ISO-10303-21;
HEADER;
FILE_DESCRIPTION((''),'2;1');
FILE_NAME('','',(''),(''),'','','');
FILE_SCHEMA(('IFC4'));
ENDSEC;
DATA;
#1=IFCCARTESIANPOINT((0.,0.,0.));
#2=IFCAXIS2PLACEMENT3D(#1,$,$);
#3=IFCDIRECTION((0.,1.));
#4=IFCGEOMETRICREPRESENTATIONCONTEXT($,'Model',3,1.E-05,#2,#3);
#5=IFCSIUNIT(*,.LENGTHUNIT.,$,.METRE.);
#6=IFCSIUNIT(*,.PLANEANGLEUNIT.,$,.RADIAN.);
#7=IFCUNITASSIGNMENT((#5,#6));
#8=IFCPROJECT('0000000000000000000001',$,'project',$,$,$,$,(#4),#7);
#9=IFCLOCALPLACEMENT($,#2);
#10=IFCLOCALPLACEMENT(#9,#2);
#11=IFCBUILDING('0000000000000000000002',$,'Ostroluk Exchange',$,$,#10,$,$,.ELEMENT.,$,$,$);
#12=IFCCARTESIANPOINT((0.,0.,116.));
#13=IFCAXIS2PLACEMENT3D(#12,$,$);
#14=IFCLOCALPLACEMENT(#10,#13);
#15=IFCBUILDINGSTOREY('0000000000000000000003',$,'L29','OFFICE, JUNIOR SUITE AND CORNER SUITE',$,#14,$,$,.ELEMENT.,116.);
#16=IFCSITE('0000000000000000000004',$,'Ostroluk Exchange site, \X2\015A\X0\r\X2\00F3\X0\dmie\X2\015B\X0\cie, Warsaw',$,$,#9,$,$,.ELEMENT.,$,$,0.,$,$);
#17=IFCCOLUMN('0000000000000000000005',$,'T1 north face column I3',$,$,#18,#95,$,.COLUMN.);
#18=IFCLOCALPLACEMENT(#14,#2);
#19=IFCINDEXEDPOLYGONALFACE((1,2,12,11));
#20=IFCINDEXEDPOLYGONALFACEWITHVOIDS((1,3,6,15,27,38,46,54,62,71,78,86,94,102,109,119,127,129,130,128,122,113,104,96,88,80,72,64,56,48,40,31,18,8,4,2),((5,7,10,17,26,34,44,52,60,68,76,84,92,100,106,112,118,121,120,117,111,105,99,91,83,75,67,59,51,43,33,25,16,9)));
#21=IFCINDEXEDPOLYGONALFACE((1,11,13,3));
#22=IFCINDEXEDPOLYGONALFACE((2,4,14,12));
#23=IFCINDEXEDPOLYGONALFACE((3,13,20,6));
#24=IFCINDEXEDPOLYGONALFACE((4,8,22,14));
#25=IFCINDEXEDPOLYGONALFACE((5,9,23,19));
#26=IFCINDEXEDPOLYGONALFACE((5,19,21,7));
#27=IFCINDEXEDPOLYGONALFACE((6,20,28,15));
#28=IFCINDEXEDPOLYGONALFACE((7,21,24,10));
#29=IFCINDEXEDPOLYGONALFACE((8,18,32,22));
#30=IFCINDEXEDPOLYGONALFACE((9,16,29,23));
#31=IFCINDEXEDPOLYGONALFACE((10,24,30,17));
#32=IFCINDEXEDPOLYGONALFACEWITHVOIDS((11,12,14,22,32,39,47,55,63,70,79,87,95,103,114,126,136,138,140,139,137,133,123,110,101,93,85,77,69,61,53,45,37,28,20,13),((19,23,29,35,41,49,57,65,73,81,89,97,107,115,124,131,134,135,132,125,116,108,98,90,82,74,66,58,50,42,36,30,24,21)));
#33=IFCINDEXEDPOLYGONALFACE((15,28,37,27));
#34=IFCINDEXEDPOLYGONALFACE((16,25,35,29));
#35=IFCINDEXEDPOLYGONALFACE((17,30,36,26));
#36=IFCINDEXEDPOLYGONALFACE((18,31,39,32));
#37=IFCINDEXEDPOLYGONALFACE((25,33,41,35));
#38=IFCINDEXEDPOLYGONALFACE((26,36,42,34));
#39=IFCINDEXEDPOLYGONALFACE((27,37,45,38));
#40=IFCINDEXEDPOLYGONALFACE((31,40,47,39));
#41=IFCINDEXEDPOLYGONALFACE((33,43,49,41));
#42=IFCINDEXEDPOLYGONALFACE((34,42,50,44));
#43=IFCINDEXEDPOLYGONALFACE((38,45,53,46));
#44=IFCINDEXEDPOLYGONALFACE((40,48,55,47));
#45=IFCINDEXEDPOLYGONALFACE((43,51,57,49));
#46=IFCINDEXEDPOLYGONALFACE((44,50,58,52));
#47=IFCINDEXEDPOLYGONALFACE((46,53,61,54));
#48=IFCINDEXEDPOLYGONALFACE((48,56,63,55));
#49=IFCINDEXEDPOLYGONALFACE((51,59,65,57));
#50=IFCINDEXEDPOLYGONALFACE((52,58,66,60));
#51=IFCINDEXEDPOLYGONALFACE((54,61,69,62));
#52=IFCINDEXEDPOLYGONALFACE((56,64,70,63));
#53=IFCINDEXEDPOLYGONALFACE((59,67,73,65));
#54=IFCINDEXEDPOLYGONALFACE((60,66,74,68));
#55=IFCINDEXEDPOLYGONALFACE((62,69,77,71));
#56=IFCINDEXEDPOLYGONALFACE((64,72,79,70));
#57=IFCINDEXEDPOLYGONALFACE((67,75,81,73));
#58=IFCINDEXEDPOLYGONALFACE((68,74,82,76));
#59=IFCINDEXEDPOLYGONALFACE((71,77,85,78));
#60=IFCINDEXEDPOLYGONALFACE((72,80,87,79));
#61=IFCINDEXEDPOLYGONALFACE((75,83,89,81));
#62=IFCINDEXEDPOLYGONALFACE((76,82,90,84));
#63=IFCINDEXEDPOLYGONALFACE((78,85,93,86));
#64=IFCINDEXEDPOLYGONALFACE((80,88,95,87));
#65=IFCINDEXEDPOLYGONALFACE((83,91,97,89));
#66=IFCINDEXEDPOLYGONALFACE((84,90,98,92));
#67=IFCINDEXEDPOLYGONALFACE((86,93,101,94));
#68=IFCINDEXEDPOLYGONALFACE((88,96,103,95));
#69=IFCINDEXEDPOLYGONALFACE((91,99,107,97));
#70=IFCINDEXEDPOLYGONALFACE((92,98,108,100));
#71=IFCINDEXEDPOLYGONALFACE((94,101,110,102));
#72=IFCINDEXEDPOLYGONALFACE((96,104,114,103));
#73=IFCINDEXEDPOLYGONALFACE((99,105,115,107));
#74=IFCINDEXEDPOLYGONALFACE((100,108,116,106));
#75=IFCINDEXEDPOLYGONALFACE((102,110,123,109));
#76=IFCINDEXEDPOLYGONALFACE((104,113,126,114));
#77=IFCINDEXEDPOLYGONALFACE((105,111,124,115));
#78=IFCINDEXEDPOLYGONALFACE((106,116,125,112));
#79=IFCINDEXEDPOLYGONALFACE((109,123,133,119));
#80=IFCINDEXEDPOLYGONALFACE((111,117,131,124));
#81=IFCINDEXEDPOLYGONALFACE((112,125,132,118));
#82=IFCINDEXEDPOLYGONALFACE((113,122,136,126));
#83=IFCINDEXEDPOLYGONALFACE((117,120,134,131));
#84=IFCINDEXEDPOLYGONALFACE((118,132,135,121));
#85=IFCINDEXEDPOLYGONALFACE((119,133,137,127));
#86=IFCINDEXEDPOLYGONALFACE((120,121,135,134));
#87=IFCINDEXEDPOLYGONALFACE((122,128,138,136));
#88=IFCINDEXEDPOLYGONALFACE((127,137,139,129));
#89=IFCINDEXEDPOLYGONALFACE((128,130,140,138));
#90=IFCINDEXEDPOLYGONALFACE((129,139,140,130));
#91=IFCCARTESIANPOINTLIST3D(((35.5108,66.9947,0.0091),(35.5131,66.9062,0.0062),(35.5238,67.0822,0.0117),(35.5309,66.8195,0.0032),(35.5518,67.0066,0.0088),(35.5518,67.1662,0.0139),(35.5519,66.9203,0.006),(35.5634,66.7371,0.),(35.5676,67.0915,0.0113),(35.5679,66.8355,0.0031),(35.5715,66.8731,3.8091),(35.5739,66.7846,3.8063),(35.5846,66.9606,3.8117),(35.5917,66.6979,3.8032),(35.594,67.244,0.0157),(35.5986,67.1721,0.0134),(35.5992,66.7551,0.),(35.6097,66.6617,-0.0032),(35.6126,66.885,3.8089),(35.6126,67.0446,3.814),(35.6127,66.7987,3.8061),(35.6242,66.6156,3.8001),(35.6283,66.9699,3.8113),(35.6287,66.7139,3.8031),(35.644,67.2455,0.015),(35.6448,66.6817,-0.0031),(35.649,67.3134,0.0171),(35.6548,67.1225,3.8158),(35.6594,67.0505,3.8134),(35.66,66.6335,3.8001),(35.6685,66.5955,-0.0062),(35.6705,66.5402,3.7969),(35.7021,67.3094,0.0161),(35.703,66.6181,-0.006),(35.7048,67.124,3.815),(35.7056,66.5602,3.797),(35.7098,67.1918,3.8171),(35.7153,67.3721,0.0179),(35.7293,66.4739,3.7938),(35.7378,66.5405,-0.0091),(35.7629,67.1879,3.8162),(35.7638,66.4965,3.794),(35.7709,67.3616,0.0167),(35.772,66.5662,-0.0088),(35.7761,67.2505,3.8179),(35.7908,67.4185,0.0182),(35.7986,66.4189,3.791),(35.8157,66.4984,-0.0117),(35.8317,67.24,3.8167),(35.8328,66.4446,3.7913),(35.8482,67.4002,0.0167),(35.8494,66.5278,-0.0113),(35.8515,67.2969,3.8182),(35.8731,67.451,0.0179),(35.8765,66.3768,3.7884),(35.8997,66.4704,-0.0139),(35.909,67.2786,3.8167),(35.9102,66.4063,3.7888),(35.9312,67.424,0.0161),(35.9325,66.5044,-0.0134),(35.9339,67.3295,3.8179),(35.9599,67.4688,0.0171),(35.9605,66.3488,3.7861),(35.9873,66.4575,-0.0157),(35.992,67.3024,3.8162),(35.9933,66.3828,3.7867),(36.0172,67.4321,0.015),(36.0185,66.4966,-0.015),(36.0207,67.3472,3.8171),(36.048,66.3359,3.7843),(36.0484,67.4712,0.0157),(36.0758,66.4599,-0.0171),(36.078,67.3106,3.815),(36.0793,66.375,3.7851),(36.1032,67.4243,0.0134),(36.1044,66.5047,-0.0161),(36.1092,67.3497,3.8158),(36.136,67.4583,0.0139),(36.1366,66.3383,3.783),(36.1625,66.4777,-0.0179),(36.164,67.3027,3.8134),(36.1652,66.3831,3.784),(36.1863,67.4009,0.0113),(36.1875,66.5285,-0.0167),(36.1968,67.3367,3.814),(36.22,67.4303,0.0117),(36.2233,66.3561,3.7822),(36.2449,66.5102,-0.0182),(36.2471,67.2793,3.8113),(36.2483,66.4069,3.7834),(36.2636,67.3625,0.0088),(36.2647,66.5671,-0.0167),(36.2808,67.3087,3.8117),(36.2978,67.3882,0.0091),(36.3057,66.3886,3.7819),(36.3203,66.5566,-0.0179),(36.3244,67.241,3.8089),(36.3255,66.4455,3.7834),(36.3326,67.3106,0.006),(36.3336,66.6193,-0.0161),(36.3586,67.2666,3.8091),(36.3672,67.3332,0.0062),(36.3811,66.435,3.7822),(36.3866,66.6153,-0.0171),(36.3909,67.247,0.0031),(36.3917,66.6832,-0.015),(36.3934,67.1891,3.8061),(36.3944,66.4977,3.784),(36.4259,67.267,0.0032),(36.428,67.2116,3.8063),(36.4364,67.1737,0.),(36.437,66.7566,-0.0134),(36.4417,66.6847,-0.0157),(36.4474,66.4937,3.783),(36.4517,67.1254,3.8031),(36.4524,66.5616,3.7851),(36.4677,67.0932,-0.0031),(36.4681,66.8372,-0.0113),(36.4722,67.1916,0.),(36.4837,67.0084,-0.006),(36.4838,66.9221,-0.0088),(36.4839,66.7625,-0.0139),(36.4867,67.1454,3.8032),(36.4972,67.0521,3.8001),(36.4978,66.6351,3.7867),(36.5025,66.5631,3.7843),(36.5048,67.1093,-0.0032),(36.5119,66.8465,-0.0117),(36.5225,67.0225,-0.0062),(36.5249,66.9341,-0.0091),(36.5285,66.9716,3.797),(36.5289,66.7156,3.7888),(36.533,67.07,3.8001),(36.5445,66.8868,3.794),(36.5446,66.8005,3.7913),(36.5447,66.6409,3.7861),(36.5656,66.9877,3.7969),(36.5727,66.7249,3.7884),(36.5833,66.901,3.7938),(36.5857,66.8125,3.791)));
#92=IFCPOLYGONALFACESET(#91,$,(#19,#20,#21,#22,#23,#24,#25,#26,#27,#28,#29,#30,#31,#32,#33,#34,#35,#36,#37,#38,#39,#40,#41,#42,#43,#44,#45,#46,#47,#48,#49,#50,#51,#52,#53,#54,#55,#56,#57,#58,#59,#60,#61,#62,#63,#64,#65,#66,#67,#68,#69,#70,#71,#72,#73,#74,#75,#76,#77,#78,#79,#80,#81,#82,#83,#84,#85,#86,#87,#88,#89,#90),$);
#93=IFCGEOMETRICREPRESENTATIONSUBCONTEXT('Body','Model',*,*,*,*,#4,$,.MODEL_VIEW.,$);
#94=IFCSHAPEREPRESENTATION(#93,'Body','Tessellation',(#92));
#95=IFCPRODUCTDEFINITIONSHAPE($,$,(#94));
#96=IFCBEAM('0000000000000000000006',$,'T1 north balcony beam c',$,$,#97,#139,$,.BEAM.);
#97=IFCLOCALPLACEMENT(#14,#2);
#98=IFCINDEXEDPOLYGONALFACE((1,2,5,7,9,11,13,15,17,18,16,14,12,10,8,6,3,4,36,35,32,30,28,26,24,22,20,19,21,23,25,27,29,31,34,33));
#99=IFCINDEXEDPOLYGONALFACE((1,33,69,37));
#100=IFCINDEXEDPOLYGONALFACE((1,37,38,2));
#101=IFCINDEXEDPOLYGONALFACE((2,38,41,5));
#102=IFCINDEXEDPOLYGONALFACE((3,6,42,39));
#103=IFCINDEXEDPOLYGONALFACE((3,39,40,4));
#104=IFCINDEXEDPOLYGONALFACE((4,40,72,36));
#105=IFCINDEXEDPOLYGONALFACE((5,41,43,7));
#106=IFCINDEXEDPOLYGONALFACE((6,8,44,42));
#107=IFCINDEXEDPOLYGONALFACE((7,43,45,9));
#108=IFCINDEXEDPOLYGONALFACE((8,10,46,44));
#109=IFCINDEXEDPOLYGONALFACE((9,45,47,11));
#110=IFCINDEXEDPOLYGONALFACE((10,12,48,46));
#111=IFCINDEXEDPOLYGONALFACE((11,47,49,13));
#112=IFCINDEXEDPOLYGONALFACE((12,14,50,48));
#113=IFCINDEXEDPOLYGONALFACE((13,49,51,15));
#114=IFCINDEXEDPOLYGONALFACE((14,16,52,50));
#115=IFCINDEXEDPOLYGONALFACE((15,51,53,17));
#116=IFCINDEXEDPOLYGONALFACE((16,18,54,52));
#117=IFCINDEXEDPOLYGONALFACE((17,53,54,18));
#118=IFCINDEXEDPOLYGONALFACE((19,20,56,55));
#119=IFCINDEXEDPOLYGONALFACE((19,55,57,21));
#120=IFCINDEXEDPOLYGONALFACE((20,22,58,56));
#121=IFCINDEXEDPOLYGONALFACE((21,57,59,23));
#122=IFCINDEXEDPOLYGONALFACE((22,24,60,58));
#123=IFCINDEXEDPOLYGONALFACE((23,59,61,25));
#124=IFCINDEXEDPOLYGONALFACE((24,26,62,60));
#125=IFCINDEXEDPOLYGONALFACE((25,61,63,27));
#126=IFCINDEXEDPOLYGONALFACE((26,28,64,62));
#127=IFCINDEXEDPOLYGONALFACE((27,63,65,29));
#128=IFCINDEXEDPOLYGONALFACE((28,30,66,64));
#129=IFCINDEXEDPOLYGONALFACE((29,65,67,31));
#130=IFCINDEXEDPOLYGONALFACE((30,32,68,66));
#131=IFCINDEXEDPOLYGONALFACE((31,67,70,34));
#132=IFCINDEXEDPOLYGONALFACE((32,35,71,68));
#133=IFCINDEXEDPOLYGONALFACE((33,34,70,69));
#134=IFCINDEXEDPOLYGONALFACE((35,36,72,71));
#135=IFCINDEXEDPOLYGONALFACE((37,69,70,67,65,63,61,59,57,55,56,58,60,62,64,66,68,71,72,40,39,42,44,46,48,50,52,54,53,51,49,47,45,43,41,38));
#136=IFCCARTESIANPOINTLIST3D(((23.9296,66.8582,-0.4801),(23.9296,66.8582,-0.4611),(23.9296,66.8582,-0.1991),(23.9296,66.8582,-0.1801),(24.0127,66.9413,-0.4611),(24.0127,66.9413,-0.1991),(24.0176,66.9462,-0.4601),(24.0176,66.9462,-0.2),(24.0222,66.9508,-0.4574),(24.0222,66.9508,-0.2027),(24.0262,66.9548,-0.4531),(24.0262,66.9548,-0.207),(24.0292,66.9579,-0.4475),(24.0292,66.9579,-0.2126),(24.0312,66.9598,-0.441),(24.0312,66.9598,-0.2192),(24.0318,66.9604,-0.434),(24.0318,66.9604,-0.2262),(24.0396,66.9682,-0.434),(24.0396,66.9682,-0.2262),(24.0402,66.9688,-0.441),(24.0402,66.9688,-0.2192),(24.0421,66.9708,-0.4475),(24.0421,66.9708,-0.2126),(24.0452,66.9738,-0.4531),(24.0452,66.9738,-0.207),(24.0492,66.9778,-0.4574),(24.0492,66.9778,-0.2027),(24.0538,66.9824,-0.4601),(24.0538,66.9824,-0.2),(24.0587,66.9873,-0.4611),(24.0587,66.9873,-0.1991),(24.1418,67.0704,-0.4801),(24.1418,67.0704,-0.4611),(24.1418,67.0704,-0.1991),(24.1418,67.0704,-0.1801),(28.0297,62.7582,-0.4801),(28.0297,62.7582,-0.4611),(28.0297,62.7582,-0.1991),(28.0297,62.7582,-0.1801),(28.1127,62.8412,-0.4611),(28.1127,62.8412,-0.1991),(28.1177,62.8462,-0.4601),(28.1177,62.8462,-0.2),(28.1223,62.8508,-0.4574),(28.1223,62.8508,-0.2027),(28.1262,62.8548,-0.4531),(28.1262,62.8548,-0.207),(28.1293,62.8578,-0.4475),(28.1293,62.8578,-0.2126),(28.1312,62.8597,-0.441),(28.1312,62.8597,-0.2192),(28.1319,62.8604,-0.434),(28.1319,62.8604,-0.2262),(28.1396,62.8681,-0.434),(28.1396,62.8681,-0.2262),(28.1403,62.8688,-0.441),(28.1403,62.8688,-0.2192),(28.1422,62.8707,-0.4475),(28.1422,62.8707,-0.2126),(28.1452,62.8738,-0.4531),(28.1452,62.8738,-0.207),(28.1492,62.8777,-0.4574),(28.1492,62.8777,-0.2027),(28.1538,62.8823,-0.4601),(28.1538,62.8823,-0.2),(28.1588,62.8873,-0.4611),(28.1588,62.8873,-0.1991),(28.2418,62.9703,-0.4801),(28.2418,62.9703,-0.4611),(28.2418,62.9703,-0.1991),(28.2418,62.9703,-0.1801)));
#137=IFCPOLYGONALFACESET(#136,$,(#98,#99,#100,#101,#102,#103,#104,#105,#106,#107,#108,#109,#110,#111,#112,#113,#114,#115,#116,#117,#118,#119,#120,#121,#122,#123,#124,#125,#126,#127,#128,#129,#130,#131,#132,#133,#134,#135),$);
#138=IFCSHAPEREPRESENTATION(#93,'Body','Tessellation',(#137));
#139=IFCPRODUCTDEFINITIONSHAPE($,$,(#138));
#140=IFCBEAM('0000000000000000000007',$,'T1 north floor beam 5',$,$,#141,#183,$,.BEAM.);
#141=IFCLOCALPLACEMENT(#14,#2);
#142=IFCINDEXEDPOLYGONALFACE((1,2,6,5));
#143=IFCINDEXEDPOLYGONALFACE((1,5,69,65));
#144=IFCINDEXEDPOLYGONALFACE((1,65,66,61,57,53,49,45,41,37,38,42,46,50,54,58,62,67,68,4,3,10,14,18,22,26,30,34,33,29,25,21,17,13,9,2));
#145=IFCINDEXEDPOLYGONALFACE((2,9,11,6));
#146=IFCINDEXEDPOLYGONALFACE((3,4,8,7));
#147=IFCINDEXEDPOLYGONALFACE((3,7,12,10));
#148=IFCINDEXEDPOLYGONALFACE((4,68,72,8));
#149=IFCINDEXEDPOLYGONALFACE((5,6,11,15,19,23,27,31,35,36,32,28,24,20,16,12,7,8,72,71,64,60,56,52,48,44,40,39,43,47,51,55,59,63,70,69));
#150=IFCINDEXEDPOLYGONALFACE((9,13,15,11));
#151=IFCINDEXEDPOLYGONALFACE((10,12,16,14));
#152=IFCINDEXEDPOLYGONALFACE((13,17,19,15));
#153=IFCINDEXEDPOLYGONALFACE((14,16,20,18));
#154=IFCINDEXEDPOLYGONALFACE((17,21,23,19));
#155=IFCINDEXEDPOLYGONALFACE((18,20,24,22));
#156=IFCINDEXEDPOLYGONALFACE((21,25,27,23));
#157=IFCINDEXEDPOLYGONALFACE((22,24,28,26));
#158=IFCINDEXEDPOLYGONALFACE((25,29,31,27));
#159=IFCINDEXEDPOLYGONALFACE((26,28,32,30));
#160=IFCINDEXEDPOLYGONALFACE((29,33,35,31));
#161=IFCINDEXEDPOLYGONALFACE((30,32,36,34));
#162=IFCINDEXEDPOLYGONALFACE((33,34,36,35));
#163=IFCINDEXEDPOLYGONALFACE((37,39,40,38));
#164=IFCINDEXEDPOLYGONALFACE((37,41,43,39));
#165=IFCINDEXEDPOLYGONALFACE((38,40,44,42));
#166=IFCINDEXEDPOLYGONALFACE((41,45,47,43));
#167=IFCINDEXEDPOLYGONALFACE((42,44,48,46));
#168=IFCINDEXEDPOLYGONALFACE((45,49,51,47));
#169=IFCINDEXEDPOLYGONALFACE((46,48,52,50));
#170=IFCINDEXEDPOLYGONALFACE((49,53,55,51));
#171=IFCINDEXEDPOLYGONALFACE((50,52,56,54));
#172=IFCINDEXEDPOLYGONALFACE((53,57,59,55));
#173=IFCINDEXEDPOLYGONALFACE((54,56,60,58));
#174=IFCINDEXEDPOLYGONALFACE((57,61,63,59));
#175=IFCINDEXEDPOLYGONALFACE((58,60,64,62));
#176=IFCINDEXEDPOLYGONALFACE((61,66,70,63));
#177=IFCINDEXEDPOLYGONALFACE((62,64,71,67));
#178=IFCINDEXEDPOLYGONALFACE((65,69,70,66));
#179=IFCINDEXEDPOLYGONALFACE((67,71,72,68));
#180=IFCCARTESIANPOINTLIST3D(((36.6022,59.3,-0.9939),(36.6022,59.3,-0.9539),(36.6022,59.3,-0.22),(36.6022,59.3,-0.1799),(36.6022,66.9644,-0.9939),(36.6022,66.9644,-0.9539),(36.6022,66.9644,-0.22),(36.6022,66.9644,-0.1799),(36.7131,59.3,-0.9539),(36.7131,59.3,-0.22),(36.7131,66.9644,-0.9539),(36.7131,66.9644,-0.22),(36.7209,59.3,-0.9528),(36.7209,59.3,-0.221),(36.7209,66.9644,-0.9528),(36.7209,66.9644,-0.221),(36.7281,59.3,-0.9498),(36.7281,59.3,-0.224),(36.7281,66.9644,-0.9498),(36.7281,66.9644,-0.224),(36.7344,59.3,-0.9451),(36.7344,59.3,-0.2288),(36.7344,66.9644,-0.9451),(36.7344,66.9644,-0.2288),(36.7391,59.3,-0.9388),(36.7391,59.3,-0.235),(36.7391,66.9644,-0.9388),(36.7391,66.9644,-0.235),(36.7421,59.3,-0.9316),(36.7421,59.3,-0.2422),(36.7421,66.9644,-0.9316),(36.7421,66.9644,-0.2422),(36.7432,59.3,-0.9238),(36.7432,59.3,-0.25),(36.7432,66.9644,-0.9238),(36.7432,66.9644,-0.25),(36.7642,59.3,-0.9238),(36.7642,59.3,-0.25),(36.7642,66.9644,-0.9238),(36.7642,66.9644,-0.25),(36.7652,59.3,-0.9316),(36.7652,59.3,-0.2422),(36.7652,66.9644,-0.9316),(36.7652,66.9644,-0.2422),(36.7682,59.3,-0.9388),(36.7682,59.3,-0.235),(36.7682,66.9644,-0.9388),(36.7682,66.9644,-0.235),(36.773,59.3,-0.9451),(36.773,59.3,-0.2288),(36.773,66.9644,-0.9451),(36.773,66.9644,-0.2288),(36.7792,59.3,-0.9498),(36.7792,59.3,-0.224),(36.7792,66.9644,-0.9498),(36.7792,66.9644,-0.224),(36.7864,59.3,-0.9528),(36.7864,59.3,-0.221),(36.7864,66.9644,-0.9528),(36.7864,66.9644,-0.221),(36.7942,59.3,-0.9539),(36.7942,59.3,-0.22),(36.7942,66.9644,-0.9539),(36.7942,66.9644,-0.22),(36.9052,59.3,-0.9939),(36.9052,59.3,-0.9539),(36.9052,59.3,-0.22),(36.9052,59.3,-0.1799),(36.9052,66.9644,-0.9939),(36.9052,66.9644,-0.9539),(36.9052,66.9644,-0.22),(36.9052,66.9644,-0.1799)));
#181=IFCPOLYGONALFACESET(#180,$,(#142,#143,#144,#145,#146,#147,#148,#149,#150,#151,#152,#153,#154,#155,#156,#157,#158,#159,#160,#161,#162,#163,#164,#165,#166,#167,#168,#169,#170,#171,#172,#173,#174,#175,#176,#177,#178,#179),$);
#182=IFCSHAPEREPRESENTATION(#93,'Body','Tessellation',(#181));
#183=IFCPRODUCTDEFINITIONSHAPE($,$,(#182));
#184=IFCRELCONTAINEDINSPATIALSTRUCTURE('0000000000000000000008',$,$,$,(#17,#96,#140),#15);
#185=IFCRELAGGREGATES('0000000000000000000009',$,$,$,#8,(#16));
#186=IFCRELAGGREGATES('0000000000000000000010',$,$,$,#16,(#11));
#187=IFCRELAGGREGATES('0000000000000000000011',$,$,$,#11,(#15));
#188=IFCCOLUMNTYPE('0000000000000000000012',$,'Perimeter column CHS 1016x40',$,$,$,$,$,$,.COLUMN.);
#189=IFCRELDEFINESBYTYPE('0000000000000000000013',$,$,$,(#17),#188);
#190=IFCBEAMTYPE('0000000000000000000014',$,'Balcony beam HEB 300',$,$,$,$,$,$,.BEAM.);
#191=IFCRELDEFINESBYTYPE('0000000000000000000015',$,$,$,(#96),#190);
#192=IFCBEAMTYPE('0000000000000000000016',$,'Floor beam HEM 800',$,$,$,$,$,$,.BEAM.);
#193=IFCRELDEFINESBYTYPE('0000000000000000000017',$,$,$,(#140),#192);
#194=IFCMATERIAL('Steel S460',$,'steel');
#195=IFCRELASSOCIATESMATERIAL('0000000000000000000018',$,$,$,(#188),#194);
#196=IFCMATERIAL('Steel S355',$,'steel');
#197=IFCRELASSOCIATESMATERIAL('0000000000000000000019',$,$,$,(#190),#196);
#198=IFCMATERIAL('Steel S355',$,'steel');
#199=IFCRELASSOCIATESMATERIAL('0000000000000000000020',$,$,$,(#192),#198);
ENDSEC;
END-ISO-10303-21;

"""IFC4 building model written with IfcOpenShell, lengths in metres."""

from ifc_helpers import new_model, si_unit, direction, frame, origin, origin_2d, place, context, subcontext, project, spatial, hollow_circle, i_section, extrude, material, material_profile, profile_set, type_object, element, save


model = new_model("IFC4")

# Units and contexts
model_context = context("Model", 3, precision=1e-05, world=origin(), true_north=direction((0.0, 1.0)))
body_context = subcontext(model_context, "Body", "Model", "MODEL_VIEW")
ifc_project = project(units=[si_unit("LENGTHUNIT", "METRE"), si_unit("PLANEANGLEUNIT", "RADIAN")], contexts=[model_context])

# Site, building, storey
site_placement = place(None, origin())
site = spatial("IfcSite", under=ifc_project, at=site_placement, Name="Ostroluk Exchange site, Śródmieście, Warsaw", CompositionType="ELEMENT", RefElevation=0.0)
building_placement = place(site_placement, origin())
building = spatial("IfcBuilding", under=site, at=building_placement, Name="Ostroluk Exchange", CompositionType="ELEMENT")
storey_placement = place(building_placement, frame((0.0, 0.0, 116.0)))
storey = spatial("IfcBuildingStorey", under=building, at=storey_placement, Name="L29", Description="OFFICE, JUNIOR SUITE AND CORNER SUITE", CompositionType="ELEMENT", Elevation=116.0)

# Column
ifc_material_1 = material(Name="Steel S460", Category="steel")
ifc_material_profile_1 = material_profile(ifc_material_1, hollow_circle(Radius=0.5081, WallThickness=0.04, at=origin_2d()), Name="CHS 1016x40")
ifc_profile_set_1 = profile_set([ifc_material_profile_1], Name="Steel S460")
column_type = type_object("IfcColumnType", Name="Perimeter column CHS 1016x40", PredefinedType="COLUMN", material=ifc_profile_set_1)
column_placement = place(storey_placement, frame((36.0178, 66.9644, 0.0), z_axis=(0.015987, -0.031974, 0.999361), x_axis=(0.894427, 0.447214, 0.0)))
element("IfcColumn", 1, at=column_placement, inside=storey, type_object=column_type, Name="T1 north face column I3", PredefinedType="COLUMN", context=body_context, shape_type="SweptSolid", body=[
    extrude(hollow_circle(Radius=0.5081, WallThickness=0.04, at=origin_2d()), origin(), (0.0, 0.0, 1.0), 3.8025),
])

# Beams
ifc_material_2 = material(Name="Steel S355", Category="steel")
ifc_material_profile_2 = material_profile(ifc_material_2, i_section(OverallWidth=0.3, OverallDepth=0.3, WebThickness=0.011, FlangeThickness=0.019, FilletRadius=0.0271, at=origin_2d()), Name="HEB 300")
ifc_profile_set_2 = profile_set([ifc_material_profile_2], Name="Steel S355")
beam_type_1 = type_object("IfcBeamType", Name="Balcony beam HEB 300", PredefinedType="BEAM", material=ifc_profile_set_2)
beam_1_placement = place(storey_placement, frame((28.1357, 62.8643, -0.3301), z_axis=(-0.707107, 0.707107, 0.0), x_axis=(-0.707107, -0.707107, 0.0)))
element("IfcBeam", 2, at=beam_1_placement, inside=storey, type_object=beam_type_1, Name="T1 north balcony beam c", PredefinedType="BEAM", context=body_context, shape_type="SweptSolid", body=[
    extrude(i_section(OverallWidth=0.3, OverallDepth=0.3, WebThickness=0.011, FlangeThickness=0.019, FilletRadius=0.0271, at=origin_2d()), origin(), (0.0, 0.0, 1.0), 5.7983),
])
ifc_material_3 = material(Name="Steel S355", Category="steel")
ifc_material_profile_3 = material_profile(ifc_material_3, i_section(OverallWidth=0.303, OverallDepth=0.814, WebThickness=0.021, FlangeThickness=0.04, FilletRadius=0.03, at=origin_2d()), Name="HEM 800")
ifc_profile_set_3 = profile_set([ifc_material_profile_3], Name="Steel S355")
beam_type_2 = type_object("IfcBeamType", Name="Floor beam HEM 800", PredefinedType="BEAM", material=ifc_profile_set_3)
beam_2_placement = place(storey_placement, frame((36.7537, 59.3, -0.5869), z_axis=(0.0, 1.0, 0.0), x_axis=(-1.0, 0.0, 0.0)))
element("IfcBeam", 3, at=beam_2_placement, inside=storey, type_object=beam_type_2, Name="T1 north floor beam 5", PredefinedType="BEAM", context=body_context, shape_type="SweptSolid", body=[
    extrude(i_section(OverallWidth=0.303, OverallDepth=0.814, WebThickness=0.021, FlangeThickness=0.04, FilletRadius=0.03, at=origin_2d()), origin(), (0.0, 0.0, 1.0), 7.6643),
])

save(model, "model.ifc")
